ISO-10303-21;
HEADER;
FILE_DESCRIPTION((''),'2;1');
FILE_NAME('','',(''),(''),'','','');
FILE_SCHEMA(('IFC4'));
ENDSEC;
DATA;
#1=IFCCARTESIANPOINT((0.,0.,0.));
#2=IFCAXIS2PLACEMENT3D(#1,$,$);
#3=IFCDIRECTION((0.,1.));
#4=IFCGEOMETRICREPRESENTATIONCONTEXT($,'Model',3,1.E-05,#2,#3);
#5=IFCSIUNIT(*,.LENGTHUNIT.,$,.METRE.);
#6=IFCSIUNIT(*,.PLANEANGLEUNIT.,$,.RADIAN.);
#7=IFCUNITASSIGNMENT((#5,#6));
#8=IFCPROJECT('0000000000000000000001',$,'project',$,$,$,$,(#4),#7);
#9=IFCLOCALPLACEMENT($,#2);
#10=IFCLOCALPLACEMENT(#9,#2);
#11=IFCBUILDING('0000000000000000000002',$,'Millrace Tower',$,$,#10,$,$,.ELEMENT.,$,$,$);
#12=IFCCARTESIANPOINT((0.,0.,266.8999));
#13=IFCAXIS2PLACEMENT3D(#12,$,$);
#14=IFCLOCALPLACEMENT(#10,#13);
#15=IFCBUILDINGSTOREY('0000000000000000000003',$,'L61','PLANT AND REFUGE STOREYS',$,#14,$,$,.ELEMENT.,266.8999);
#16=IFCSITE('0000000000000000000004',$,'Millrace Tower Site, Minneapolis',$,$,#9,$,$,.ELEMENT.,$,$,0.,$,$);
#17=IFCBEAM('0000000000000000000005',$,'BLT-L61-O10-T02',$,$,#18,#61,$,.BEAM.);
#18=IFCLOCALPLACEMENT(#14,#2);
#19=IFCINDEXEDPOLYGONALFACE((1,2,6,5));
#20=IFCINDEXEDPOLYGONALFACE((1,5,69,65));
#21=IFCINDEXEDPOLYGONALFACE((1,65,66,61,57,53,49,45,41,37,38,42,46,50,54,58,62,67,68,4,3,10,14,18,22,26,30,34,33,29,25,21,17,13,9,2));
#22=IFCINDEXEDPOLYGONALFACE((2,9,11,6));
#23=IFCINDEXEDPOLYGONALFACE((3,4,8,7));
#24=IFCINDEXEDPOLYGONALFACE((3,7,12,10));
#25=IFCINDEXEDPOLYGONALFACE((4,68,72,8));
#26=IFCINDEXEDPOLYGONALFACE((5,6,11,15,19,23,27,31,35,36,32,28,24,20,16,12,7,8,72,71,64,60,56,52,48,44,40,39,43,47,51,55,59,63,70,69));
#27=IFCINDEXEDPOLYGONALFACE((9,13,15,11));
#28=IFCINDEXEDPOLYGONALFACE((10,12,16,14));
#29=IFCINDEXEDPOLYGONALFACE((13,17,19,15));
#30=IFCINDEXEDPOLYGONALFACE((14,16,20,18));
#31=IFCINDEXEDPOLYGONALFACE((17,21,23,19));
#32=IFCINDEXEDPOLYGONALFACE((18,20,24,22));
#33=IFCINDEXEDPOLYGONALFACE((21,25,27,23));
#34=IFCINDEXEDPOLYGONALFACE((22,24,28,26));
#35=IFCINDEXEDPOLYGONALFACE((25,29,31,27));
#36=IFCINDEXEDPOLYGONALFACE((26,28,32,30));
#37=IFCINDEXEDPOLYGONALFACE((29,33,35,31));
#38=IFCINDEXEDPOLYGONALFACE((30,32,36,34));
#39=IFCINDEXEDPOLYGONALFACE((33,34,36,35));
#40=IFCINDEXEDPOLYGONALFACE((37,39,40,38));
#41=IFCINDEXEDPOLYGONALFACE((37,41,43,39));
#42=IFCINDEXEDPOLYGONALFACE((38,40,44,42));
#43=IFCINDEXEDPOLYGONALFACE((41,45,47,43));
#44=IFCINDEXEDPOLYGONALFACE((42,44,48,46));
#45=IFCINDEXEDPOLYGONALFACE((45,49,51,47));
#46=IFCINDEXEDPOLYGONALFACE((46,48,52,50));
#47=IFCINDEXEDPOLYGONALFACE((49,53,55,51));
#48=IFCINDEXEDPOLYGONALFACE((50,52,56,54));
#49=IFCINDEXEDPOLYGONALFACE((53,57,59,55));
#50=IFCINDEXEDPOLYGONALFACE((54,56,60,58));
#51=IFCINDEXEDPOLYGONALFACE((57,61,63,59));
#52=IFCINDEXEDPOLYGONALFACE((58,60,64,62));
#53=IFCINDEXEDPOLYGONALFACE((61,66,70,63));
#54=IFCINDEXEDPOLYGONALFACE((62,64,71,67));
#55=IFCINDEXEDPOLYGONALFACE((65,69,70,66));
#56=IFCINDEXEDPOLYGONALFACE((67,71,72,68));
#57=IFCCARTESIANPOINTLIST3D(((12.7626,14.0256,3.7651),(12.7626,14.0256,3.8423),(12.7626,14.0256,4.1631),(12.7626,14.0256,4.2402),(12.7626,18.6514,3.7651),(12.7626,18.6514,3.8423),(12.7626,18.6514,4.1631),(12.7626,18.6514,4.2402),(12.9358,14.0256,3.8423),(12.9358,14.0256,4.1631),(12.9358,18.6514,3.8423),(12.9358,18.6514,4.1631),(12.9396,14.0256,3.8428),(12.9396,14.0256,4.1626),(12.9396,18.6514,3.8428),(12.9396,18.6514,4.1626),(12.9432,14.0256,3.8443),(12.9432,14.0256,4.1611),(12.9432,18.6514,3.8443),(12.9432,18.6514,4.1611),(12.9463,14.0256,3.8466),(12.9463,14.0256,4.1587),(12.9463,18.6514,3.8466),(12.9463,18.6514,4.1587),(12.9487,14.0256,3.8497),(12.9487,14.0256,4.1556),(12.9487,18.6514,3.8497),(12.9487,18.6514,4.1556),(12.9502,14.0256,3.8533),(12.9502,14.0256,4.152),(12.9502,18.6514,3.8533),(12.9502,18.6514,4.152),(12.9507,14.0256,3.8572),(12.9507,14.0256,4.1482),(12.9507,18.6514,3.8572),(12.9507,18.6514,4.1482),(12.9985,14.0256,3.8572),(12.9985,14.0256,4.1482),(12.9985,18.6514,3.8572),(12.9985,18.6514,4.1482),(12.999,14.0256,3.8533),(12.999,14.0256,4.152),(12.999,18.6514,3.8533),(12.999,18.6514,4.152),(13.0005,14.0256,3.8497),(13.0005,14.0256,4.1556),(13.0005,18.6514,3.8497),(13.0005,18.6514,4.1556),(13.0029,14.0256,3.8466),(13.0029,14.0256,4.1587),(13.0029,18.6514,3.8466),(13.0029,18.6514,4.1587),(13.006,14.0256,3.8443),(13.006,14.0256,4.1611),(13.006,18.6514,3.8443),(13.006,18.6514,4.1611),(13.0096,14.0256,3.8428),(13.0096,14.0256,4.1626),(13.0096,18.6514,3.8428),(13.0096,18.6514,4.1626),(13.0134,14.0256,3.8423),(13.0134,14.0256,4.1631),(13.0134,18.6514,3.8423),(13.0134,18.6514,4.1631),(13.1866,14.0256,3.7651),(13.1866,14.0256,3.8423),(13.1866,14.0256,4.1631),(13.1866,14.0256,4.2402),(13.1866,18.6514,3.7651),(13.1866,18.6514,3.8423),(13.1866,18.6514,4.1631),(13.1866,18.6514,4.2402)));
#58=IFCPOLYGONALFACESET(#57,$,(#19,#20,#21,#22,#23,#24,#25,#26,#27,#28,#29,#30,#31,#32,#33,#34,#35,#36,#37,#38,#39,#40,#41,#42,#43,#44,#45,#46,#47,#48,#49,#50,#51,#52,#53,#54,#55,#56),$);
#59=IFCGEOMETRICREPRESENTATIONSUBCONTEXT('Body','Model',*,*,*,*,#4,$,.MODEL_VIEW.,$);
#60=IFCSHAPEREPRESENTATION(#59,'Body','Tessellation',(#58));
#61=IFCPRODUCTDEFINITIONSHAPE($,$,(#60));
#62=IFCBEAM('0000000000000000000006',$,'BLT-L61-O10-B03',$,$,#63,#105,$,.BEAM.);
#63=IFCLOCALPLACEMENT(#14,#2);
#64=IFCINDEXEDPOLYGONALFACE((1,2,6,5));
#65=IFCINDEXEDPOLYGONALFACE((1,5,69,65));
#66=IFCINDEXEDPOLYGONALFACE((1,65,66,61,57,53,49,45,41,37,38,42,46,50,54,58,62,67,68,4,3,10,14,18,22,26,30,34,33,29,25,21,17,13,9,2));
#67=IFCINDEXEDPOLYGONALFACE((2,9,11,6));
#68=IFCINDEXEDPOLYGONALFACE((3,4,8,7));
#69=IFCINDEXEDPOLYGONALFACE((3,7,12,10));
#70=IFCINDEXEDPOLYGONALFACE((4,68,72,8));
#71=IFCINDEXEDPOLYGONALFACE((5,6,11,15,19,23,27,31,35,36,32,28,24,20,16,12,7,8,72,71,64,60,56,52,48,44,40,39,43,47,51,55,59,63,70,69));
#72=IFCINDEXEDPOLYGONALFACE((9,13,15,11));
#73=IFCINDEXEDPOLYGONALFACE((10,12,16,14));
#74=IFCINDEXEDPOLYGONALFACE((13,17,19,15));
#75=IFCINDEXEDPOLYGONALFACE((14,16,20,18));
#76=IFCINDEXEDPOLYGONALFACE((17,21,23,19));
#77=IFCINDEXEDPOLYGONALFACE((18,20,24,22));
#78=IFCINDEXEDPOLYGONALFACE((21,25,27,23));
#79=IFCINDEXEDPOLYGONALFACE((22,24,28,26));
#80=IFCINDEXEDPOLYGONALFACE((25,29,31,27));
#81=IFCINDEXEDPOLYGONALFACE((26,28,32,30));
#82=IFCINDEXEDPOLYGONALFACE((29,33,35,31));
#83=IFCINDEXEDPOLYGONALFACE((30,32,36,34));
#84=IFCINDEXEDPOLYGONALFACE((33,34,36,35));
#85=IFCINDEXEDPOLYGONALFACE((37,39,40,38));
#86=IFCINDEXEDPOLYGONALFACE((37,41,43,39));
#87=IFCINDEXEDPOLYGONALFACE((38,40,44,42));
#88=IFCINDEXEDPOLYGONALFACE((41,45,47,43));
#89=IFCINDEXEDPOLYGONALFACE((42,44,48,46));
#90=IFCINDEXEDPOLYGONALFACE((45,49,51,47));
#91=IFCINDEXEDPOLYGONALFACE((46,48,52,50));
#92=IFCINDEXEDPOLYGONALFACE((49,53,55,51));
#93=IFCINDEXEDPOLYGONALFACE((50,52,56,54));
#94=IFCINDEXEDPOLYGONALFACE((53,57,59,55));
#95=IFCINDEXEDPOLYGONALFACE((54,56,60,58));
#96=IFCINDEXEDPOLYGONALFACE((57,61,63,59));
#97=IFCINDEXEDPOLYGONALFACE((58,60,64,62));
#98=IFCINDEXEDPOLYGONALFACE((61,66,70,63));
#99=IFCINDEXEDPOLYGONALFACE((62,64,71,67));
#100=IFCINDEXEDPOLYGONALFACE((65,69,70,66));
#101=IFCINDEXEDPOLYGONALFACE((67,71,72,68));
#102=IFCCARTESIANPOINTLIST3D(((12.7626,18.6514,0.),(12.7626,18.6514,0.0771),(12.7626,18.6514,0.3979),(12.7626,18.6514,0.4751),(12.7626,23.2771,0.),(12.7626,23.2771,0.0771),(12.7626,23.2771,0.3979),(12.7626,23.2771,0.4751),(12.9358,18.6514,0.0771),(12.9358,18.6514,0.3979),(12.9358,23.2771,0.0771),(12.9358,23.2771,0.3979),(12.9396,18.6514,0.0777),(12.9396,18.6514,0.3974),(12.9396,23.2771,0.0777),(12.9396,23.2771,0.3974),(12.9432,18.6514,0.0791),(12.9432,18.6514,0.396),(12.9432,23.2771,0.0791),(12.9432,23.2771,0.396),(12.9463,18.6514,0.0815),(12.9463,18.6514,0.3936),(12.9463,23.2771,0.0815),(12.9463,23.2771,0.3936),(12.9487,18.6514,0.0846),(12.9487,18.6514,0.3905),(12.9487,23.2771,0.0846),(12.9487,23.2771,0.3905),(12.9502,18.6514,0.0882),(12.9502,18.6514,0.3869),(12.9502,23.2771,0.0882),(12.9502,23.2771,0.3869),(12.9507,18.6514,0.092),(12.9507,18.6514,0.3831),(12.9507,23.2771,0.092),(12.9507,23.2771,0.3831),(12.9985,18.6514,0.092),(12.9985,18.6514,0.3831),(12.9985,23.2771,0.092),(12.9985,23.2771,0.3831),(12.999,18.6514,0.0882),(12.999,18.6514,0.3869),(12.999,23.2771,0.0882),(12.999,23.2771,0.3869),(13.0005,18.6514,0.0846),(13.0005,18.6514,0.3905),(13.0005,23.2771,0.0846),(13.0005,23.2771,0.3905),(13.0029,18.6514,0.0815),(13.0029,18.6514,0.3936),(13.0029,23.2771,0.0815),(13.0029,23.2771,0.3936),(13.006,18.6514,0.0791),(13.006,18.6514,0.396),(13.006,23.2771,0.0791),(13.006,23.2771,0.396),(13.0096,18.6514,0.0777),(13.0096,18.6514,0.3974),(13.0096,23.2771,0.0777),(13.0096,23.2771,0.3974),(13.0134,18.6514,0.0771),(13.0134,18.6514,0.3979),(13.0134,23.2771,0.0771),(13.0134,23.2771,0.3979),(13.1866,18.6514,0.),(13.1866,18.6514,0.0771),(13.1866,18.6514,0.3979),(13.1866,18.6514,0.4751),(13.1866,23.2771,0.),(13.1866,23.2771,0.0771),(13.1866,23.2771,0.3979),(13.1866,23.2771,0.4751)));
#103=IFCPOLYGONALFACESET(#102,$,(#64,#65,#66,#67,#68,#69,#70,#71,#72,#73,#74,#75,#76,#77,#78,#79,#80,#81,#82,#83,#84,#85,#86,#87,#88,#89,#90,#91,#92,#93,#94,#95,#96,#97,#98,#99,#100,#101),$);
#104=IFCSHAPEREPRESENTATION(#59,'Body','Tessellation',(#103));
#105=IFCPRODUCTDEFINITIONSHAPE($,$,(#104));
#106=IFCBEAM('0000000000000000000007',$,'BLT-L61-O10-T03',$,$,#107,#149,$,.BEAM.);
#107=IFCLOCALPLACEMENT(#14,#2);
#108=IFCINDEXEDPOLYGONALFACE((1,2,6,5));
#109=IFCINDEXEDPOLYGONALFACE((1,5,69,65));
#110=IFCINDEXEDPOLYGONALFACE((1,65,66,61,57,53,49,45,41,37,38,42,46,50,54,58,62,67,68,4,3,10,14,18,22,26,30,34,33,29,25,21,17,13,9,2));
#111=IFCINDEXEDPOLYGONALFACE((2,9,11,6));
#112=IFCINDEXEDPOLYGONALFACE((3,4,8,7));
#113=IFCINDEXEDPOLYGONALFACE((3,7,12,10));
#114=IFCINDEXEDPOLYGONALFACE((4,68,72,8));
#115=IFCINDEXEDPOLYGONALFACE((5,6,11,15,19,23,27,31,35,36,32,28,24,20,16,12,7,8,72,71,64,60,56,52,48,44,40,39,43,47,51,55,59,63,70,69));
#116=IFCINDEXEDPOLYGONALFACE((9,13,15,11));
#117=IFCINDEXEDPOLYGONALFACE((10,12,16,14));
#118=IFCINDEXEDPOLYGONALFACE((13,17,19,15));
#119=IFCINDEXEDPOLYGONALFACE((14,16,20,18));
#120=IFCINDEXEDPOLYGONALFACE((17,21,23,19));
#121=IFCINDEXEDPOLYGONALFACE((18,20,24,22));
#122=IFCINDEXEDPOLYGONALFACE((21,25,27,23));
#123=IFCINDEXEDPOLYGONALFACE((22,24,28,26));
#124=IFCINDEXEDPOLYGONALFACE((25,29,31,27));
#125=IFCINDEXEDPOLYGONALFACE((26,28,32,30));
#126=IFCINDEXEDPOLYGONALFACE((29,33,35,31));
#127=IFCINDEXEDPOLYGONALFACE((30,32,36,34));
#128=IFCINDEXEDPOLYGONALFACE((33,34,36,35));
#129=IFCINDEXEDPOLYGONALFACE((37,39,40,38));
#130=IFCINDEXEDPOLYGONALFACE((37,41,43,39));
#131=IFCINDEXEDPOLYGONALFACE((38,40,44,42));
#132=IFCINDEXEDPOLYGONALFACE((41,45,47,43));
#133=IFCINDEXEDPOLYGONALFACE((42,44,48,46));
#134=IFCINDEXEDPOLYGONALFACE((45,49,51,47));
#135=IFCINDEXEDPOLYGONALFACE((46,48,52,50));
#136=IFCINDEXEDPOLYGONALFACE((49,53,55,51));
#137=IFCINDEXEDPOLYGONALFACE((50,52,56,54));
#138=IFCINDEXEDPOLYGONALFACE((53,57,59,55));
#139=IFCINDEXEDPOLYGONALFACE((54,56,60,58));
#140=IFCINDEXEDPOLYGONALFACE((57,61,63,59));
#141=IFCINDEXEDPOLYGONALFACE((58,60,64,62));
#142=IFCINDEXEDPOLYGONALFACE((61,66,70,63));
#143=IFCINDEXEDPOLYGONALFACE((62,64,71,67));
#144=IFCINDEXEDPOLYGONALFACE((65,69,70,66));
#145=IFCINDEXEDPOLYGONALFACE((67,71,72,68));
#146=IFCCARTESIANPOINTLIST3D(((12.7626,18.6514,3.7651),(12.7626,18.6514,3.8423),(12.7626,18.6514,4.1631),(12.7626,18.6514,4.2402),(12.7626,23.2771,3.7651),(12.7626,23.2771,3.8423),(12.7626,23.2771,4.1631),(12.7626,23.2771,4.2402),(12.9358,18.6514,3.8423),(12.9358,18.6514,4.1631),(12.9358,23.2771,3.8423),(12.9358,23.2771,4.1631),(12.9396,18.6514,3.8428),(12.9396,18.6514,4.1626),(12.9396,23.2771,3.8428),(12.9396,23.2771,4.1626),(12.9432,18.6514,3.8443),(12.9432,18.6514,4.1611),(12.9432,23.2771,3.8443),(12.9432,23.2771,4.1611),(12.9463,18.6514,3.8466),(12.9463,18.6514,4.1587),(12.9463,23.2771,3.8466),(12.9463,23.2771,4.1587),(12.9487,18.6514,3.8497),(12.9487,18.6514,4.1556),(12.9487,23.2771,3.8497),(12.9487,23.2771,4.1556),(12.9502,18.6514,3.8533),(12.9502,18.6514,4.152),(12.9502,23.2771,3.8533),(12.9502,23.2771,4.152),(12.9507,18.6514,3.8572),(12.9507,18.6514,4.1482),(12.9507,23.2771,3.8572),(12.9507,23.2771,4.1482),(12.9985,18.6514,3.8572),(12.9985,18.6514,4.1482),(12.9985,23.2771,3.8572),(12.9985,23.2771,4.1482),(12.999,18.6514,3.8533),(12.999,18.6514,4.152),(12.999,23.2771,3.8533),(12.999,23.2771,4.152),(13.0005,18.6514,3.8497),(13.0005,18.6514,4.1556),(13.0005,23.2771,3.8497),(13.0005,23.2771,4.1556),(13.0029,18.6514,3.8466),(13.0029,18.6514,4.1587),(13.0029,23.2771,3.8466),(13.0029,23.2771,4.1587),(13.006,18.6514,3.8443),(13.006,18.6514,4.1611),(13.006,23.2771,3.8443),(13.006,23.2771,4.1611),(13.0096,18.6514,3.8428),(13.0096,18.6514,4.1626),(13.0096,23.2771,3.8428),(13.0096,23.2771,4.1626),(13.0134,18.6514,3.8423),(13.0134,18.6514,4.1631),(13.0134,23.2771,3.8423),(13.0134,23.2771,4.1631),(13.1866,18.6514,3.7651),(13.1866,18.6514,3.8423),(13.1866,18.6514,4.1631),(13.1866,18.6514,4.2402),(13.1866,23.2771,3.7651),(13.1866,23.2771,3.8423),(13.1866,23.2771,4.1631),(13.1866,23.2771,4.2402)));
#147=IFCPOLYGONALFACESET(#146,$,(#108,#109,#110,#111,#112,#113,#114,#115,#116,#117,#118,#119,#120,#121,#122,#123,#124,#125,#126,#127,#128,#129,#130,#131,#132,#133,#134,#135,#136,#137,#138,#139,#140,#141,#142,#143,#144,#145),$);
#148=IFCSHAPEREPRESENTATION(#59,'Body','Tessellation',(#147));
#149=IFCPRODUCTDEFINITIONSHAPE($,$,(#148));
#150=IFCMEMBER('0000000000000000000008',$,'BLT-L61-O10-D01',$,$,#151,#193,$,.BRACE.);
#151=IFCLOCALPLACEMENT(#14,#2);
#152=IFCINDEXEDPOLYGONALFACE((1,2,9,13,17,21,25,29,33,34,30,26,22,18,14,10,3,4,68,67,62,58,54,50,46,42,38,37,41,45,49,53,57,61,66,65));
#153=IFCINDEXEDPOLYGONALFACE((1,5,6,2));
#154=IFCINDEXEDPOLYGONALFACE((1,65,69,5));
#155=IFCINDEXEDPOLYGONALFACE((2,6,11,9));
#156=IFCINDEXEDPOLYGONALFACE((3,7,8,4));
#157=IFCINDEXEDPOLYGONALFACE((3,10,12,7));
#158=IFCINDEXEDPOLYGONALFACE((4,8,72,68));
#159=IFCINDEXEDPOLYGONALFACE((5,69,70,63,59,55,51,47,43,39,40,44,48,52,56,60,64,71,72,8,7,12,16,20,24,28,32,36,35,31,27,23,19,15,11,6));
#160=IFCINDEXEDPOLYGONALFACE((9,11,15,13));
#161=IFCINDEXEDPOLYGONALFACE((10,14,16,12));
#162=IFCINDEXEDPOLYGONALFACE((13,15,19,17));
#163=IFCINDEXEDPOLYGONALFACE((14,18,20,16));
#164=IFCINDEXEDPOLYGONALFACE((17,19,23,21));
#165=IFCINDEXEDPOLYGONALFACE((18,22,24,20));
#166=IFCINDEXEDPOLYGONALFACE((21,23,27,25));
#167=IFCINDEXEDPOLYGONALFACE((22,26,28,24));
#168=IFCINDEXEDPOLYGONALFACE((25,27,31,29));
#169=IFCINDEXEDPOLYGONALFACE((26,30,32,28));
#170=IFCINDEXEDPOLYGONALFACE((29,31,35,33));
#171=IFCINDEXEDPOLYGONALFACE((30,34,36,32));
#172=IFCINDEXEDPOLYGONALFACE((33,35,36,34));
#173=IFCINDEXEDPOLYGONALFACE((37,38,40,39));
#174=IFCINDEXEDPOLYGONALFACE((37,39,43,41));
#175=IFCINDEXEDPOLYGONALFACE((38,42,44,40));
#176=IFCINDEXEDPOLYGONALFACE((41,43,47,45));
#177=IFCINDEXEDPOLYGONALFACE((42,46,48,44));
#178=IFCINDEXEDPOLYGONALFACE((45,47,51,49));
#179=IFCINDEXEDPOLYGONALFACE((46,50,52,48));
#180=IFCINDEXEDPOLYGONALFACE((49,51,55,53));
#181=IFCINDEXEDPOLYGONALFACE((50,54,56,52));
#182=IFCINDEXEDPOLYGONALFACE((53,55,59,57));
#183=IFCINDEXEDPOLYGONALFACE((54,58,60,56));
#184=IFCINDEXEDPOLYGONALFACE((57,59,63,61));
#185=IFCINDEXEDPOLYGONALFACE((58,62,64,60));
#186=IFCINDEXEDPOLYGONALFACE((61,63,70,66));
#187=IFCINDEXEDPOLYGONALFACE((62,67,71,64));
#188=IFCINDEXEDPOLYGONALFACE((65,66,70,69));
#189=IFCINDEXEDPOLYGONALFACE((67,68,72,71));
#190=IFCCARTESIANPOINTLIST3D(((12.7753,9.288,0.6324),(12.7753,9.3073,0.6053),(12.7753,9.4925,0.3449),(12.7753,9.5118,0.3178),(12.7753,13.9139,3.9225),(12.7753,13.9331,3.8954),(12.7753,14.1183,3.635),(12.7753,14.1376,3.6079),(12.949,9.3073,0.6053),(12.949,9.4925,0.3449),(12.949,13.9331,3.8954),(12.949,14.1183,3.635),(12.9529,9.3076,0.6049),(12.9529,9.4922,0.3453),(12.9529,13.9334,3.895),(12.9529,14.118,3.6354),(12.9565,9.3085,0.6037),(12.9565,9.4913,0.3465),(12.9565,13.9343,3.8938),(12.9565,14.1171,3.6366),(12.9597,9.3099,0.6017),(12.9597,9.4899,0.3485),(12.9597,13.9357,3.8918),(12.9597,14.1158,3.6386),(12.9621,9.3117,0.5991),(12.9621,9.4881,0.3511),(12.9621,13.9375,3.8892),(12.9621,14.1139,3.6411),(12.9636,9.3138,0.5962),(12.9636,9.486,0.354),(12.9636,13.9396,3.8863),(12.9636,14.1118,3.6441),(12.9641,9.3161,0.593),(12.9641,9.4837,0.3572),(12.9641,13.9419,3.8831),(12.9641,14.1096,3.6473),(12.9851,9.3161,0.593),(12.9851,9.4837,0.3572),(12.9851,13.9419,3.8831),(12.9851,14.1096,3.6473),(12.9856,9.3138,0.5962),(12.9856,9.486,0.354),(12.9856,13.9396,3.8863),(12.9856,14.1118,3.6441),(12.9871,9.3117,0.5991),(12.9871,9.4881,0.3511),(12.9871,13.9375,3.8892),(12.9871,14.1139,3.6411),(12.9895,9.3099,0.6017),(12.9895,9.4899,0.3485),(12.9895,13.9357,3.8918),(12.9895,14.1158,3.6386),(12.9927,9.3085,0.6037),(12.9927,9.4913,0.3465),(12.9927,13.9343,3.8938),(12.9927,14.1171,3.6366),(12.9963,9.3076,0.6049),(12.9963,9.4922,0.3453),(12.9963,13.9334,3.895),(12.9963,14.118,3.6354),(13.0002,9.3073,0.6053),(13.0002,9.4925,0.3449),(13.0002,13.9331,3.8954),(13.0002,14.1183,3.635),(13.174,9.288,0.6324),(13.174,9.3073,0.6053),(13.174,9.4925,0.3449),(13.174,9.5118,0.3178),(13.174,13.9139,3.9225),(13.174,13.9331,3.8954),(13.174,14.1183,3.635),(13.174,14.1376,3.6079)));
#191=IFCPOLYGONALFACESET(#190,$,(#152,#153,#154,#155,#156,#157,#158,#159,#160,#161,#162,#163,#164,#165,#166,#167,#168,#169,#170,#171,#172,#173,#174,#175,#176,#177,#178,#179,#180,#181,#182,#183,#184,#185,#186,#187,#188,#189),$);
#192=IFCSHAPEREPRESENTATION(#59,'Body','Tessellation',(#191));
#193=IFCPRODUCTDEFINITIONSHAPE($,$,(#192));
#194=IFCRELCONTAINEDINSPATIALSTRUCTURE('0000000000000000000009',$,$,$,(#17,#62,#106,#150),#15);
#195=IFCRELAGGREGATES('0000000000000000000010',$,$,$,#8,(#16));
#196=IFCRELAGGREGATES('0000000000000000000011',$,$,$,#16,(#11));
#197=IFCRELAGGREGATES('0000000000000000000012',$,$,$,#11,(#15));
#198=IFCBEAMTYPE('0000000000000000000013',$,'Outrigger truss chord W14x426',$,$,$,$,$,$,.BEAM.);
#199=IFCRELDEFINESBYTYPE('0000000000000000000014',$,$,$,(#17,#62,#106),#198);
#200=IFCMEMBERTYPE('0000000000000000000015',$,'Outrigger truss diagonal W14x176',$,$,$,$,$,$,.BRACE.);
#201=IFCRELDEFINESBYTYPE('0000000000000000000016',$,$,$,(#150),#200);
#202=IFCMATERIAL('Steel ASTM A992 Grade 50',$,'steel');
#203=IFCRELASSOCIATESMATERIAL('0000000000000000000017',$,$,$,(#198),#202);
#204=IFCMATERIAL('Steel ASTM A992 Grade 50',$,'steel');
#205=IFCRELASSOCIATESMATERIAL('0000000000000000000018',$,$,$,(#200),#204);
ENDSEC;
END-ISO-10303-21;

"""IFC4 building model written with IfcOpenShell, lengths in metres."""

from ifc_helpers import new_model, si_unit, direction, frame, origin, origin_2d, place, context, subcontext, project, spatial, i_section, extrude, material, material_profile, profile_set, type_object, element, save


model = new_model("IFC4")

# Units and contexts
model_context = context("Model", 3, precision=1e-05, world=origin(), true_north=direction((0.0, 1.0)))
body_context = subcontext(model_context, "Body", "Model", "MODEL_VIEW")
ifc_project = project(units=[si_unit("LENGTHUNIT", "METRE"), si_unit("PLANEANGLEUNIT", "RADIAN")], contexts=[model_context])

# Site, building, storey
site_placement = place(None, origin())
site = spatial("IfcSite", under=ifc_project, at=site_placement, Name="Millrace Tower Site, Minneapolis", CompositionType="ELEMENT", RefElevation=0.0)
building_placement = place(site_placement, origin())
building = spatial("IfcBuilding", under=site, at=building_placement, Name="Millrace Tower", CompositionType="ELEMENT")
storey_placement = place(building_placement, frame((0.0, 0.0, 266.8999)))
storey = spatial("IfcBuildingStorey", under=building, at=storey_placement, Name="L61", Description="PLANT AND REFUGE STOREYS", CompositionType="ELEMENT", Elevation=266.8999)

# Beams
ifc_material_1 = material(Name="Steel ASTM A992 Grade 50", Category="steel")
ifc_material_profile_1 = material_profile(ifc_material_1, i_section(OverallWidth=0.4241, OverallDepth=0.4751, WebThickness=0.0479, FlangeThickness=0.0771, FilletRadius=0.0149, at=origin_2d()))
ifc_profile_set_1 = profile_set([ifc_material_profile_1], Name="Steel ASTM A992 Grade 50")
beam_type = type_object("IfcBeamType", Name="Outrigger truss chord W14x426", PredefinedType="BEAM", material=ifc_profile_set_1)
for number, where, z_axis, x_axis, name in (
    (1, (12.9746, 14.0256, 4.0027), (0.0, 1.0, 0.0), (-1.0, 0.0, 0.0), "BLT-L61-O10-T02"),
    (2, (12.9746, 18.6514, 0.2375), (0.0, 1.0, 0.0), (-1.0, 0.0, 0.0), "BLT-L61-O10-B03"),
    (3, (12.9746, 18.6514, 4.0027), (0.0, 1.0, 0.0), (-1.0, 0.0, 0.0), "BLT-L61-O10-T03"),
):
    element("IfcBeam", number, at=place(storey_placement, frame(where, z_axis=z_axis, x_axis=x_axis)), inside=storey, type_object=beam_type, Name=name, PredefinedType="BEAM", context=body_context, shape_type="SweptSolid", body=[
        extrude(i_section(OverallWidth=0.4241, OverallDepth=0.4751, WebThickness=0.0479, FlangeThickness=0.0771, FilletRadius=0.0149, at=origin_2d()), origin(), (0.0, 0.0, 1.0), 4.6257),
    ])

# Member
ifc_material_2 = material(Name="Steel ASTM A992 Grade 50", Category="steel")
ifc_material_profile_2 = material_profile(ifc_material_2, i_section(OverallWidth=0.3987, OverallDepth=0.386, WebThickness=0.021, FlangeThickness=0.0332, FilletRadius=0.0151, at=origin_2d()))
ifc_profile_set_2 = profile_set([ifc_material_profile_2], Name="Steel ASTM A992 Grade 50")
member_type_1 = type_object("IfcMemberType", Name="Outrigger truss diagonal W14x176", PredefinedType="BRACE", material=ifc_profile_set_2)
for number, where, z_axis, x_axis, name in (
    (4, (12.9746, 9.3999, 0.4751), (0.0, 0.814903, 0.579597), (-1.0, 0.0, 0.0), "BLT-L61-O10-D01"),
):
    element("IfcMember", number, at=place(storey_placement, frame(where, z_axis=z_axis, x_axis=x_axis)), inside=storey, type_object=member_type_1, Name=name, PredefinedType="BRACE", context=body_context, shape_type="SweptSolid", body=[
        extrude(i_section(OverallWidth=0.3987, OverallDepth=0.386, WebThickness=0.021, FlangeThickness=0.0332, FilletRadius=0.0151, at=origin_2d()), origin(), (0.0, 0.0, 1.0), 5.6765),
    ])

save(model, "model.ifc")
